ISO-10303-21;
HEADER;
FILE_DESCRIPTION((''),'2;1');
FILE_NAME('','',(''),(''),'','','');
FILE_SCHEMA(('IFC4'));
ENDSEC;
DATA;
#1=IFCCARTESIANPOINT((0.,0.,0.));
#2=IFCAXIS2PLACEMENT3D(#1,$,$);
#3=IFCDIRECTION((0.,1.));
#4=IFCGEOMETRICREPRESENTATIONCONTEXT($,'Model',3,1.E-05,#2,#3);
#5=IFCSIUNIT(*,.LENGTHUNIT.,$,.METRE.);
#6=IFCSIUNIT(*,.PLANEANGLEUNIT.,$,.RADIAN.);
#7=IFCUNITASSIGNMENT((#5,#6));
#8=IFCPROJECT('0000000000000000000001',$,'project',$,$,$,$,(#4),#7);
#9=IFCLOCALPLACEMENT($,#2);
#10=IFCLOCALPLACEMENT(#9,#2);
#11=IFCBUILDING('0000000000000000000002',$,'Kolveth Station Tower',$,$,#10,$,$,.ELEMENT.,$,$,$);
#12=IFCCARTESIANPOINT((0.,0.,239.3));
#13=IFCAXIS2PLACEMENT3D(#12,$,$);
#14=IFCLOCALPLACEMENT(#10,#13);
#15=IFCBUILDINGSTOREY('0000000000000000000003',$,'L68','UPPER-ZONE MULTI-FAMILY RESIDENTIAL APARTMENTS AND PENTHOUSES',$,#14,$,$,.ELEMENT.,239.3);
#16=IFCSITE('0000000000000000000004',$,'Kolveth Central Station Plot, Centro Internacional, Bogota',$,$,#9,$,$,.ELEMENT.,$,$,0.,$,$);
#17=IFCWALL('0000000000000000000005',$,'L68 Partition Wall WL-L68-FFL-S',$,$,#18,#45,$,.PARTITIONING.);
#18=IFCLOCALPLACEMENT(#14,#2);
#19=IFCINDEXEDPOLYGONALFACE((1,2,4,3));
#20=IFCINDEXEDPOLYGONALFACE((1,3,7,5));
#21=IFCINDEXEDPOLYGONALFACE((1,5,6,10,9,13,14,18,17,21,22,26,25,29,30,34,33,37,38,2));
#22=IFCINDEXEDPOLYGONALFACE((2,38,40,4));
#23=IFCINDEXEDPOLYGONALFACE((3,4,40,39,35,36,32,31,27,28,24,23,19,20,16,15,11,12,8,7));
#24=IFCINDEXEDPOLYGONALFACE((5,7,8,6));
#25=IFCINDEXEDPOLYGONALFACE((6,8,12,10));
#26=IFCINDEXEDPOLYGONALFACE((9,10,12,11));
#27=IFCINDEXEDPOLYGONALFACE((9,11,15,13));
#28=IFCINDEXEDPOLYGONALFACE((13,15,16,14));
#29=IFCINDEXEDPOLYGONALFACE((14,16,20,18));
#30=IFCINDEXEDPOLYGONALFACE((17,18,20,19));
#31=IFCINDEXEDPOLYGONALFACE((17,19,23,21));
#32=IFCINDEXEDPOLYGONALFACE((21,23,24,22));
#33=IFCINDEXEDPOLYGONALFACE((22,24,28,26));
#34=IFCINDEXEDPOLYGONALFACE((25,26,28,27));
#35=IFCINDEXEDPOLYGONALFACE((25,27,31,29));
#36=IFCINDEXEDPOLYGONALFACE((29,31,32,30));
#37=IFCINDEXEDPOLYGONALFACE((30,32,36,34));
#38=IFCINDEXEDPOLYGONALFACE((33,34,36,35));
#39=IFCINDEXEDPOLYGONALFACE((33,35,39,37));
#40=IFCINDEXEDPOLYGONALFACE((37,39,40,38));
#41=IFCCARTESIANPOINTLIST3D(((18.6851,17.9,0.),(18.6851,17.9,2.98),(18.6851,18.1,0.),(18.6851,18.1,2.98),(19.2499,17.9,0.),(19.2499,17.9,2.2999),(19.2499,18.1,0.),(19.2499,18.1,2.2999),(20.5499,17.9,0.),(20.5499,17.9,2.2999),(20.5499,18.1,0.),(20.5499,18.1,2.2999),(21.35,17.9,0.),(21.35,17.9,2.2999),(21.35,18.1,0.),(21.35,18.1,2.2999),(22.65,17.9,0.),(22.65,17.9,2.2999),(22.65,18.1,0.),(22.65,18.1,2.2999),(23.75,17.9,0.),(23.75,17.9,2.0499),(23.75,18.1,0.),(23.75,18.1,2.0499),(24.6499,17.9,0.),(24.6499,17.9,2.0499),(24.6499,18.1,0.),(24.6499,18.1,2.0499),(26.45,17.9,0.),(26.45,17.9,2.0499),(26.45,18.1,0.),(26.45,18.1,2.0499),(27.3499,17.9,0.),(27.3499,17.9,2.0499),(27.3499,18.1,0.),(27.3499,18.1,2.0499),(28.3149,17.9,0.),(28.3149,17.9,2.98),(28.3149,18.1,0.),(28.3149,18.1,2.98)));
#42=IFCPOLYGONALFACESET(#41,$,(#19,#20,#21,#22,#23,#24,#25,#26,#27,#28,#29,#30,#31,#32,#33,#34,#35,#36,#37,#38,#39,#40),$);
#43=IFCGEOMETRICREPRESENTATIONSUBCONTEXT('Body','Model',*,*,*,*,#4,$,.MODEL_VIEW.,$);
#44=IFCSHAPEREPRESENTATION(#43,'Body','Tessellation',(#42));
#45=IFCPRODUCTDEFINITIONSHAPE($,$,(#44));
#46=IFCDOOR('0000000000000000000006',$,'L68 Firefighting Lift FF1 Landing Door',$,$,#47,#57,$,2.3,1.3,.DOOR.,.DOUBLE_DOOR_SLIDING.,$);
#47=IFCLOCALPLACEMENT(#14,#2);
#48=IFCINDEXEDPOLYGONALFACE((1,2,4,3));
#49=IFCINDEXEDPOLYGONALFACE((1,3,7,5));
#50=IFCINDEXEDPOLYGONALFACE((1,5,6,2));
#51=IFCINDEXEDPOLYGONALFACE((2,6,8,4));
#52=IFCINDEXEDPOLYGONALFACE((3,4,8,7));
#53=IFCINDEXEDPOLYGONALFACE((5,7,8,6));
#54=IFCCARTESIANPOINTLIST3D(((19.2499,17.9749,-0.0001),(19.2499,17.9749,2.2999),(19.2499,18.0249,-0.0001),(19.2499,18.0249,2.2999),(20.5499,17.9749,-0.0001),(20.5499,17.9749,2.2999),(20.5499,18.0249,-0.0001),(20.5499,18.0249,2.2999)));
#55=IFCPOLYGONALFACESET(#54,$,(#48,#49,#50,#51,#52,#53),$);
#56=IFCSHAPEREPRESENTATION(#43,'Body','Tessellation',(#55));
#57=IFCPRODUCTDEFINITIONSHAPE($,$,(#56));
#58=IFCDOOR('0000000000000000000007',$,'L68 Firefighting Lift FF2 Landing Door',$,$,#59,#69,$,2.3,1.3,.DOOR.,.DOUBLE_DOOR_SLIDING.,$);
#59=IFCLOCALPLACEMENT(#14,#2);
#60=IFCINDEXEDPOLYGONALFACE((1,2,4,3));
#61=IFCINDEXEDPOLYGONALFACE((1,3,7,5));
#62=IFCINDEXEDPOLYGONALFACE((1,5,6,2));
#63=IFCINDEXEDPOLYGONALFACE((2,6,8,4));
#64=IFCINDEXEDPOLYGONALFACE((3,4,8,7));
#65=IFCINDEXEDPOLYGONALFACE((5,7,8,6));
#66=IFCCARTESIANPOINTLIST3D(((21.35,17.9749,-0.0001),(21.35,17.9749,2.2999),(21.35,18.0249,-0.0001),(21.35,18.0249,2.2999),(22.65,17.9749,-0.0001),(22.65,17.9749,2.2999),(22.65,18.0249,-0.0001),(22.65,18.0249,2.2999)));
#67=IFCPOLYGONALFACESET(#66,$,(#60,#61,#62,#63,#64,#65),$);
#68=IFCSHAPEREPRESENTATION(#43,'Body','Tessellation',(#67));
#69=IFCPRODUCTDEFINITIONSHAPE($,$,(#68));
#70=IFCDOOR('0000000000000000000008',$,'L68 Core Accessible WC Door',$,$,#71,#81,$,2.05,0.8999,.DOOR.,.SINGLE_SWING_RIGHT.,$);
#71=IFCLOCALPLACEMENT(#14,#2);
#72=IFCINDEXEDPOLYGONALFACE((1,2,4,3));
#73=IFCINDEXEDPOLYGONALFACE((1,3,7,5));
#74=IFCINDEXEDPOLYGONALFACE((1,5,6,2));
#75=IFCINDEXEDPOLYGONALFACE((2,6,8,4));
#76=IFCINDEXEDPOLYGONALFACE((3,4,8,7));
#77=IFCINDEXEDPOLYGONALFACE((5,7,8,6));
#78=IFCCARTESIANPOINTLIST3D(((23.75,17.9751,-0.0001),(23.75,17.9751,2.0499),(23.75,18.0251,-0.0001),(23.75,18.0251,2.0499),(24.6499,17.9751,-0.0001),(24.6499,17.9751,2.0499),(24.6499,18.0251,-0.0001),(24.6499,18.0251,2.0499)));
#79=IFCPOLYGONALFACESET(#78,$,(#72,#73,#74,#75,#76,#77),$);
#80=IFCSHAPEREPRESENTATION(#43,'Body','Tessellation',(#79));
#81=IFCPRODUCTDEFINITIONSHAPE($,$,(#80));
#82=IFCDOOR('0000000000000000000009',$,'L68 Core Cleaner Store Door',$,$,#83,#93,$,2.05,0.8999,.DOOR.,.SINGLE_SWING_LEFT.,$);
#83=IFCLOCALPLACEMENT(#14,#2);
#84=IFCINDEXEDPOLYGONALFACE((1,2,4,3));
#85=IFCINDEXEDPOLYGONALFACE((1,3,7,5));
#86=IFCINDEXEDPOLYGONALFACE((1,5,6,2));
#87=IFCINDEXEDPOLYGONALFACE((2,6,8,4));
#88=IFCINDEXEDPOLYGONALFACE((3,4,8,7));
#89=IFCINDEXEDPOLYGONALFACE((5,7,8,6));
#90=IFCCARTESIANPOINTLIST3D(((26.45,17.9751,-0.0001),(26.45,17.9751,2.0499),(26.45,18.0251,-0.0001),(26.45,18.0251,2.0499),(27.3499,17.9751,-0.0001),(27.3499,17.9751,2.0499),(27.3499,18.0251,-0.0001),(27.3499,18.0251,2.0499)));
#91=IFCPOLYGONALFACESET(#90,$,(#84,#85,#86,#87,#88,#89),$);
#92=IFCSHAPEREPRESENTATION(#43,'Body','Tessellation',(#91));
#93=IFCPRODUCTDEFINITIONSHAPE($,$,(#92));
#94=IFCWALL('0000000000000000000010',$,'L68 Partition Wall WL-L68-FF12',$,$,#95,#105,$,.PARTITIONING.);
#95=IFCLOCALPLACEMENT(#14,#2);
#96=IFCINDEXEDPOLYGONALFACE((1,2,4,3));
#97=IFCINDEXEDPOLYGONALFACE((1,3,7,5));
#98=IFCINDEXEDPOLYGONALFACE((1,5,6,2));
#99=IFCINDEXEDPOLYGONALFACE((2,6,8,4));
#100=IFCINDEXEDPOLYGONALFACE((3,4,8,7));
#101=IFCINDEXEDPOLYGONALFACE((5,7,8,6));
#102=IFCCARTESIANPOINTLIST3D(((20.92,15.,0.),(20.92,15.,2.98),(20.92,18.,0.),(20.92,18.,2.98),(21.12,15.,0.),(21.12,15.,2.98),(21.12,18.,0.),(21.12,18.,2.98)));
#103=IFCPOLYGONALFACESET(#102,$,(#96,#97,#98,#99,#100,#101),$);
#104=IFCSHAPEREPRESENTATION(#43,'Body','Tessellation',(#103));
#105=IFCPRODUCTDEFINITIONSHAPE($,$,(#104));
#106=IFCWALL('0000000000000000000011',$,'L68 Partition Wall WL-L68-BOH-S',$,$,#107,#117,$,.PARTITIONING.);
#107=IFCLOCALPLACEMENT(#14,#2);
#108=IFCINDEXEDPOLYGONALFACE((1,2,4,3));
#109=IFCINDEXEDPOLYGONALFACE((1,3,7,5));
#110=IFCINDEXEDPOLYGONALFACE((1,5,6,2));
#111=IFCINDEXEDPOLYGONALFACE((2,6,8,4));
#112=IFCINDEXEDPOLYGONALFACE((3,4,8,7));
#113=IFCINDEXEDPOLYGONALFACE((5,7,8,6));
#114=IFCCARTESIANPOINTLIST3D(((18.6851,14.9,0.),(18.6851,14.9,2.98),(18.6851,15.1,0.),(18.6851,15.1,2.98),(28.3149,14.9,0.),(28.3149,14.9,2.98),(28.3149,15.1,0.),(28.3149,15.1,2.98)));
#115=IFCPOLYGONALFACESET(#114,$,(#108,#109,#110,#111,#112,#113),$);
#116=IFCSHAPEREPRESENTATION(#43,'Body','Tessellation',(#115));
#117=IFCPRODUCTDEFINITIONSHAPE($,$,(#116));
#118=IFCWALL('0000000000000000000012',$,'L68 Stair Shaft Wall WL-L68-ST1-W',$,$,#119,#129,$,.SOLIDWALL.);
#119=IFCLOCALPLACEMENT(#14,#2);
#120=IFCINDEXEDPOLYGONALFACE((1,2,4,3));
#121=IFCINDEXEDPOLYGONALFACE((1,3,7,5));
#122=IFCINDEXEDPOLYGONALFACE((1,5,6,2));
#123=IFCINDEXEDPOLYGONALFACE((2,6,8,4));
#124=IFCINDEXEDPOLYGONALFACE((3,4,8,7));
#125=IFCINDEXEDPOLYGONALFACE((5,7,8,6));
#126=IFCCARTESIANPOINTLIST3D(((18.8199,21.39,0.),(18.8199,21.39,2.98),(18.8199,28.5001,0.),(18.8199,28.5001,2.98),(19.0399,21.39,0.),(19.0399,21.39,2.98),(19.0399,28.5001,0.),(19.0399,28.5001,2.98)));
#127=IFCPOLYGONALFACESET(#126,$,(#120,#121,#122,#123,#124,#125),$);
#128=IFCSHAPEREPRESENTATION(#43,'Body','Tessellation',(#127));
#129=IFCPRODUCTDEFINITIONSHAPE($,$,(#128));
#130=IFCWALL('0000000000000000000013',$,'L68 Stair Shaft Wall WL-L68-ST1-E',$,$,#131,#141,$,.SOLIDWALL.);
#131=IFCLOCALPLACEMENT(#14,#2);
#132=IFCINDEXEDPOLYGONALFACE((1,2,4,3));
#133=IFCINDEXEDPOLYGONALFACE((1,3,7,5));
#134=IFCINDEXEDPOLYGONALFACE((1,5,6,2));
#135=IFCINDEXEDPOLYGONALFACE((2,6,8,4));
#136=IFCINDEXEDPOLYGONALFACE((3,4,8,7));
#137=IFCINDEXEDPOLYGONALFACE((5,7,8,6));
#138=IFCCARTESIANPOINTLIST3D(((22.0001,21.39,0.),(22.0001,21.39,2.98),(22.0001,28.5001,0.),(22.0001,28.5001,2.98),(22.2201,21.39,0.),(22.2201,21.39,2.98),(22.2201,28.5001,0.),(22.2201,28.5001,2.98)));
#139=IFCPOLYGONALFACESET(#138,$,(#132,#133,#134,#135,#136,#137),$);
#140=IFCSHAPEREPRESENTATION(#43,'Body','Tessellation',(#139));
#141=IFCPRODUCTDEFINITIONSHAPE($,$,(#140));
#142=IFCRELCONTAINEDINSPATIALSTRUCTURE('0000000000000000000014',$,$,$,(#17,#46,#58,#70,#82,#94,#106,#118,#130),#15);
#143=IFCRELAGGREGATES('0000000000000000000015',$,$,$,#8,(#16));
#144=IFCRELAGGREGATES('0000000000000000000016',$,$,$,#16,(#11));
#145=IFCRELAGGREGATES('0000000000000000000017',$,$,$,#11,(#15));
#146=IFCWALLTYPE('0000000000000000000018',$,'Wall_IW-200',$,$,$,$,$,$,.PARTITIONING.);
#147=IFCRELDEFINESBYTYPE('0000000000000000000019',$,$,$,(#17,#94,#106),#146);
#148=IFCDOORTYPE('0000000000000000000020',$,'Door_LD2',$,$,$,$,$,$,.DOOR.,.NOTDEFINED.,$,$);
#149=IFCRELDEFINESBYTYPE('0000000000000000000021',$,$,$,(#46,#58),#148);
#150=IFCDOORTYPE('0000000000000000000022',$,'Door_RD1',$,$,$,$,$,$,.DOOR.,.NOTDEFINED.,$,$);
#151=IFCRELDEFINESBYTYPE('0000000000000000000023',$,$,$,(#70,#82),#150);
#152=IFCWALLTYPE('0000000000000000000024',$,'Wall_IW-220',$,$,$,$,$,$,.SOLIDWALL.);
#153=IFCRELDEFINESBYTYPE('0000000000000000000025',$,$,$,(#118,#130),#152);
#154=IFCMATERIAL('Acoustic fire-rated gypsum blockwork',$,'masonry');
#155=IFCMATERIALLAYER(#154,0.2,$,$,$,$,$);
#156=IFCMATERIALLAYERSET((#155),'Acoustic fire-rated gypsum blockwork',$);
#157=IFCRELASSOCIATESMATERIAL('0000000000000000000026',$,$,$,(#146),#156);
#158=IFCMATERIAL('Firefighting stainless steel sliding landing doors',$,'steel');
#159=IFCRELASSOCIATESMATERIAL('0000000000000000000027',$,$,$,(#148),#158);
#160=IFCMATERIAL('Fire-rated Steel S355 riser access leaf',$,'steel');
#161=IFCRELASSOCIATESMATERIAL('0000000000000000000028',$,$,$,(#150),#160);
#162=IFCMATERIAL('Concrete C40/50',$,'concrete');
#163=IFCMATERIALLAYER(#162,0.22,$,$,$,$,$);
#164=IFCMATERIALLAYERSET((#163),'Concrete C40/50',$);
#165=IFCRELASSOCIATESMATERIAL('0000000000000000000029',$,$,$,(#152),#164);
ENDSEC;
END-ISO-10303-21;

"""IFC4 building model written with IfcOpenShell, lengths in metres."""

from ifc_helpers import new_model, si_unit, direction, frame, frame_2d, origin, place, context, subcontext, project, spatial, rectangle, extrude, material, layer, layer_set, type_object, element, fill, save


model = new_model("IFC4")

# Units and contexts
model_context = context("Model", 3, precision=1e-05, world=origin(), true_north=direction((0.0, 1.0)))
body_context = subcontext(model_context, "Body", "Model", "MODEL_VIEW")
ifc_project = project(units=[si_unit("LENGTHUNIT", "METRE"), si_unit("PLANEANGLEUNIT", "RADIAN")], contexts=[model_context])

# Site, building, storey
site_placement = place(None, origin())
site = spatial("IfcSite", under=ifc_project, at=site_placement, Name="Kolveth Central Station Plot, Centro Internacional, Bogota", CompositionType="ELEMENT", RefElevation=0.0)
building_placement = place(site_placement, origin())
building = spatial("IfcBuilding", under=site, at=building_placement, Name="Kolveth Station Tower", CompositionType="ELEMENT")
storey_placement = place(building_placement, frame((0.0, 0.0, 239.3)))
storey = spatial("IfcBuildingStorey", under=building, at=storey_placement, Name="L68", Description="UPPER-ZONE MULTI-FAMILY RESIDENTIAL APARTMENTS AND PENTHOUSES", CompositionType="ELEMENT", Elevation=239.3)

# Shared definitions
ifc_material_1 = material(Name="Acoustic fire-rated gypsum blockwork", Category="masonry")
ifc_layer_1 = layer(ifc_material_1, 0.2)
ifc_layer_set_1 = layer_set([ifc_layer_1], Name="Acoustic fire-rated gypsum blockwork")
wall_type_1 = type_object("IfcWallType", Name="Wall_IW-200", PredefinedType="PARTITIONING", material=ifc_layer_set_1)

# Wall, openings, doors
wall_1_placement = place(storey_placement, frame((18.6851, 18.0, 0.0), z_axis=(0.0, 0.0, 1.0), x_axis=(1.0, 0.0, 0.0)))
wall_1 = element("IfcWall", 1, at=wall_1_placement, inside=storey, type_object=wall_type_1, Name="L68 Partition Wall WL-L68-FFL-S", PredefinedType="PARTITIONING", context=body_context, shape_type="SweptSolid", body=[
    extrude(rectangle(XDim=9.6299, YDim=0.2, at=frame_2d((4.8149, 0.0))), origin(), (0.0, 0.0, 1.0), 2.98),
])
opening_1_placement = place(wall_1_placement, frame((0.5649, 0.0, 0.0)))
opening_1 = element("IfcOpeningElement", 2, at=opening_1_placement, cuts=wall_1, PredefinedType="OPENING", context=body_context, shape_type="SweptSolid", body=[
    extrude(rectangle(XDim=1.3, YDim=2.3, at=frame_2d((0.6499, 1.1499))), frame((0.0, 0.1099, 0.0), z_axis=(0.0, -1.0, 0.0), x_axis=(1.0, 0.0, 0.0)), (0.0, 0.0, 1.0), 0.22),
])
opening_2_placement = place(wall_1_placement, frame((2.665, 0.0, 0.0)))
opening_2 = element("IfcOpeningElement", 3, at=opening_2_placement, cuts=wall_1, PredefinedType="OPENING", context=body_context, shape_type="SweptSolid", body=[
    extrude(rectangle(XDim=1.3, YDim=2.3, at=frame_2d((0.6499, 1.1499))), frame((0.0, 0.1099, 0.0), z_axis=(0.0, -1.0, 0.0), x_axis=(1.0, 0.0, 0.0)), (0.0, 0.0, 1.0), 0.22),
])
opening_3_placement = place(wall_1_placement, frame((5.0649, 0.0, 0.0)))
opening_3 = element("IfcOpeningElement", 4, at=opening_3_placement, cuts=wall_1, PredefinedType="OPENING", context=body_context, shape_type="SweptSolid", body=[
    extrude(rectangle(XDim=0.8999, YDim=2.05, at=frame_2d((0.45, 1.0249))), frame((0.0, 0.1099, 0.0), z_axis=(0.0, -1.0, 0.0), x_axis=(1.0, 0.0, 0.0)), (0.0, 0.0, 1.0), 0.22),
])
opening_4_placement = place(wall_1_placement, frame((7.7649, 0.0, 0.0)))
opening_4 = element("IfcOpeningElement", 5, at=opening_4_placement, cuts=wall_1, PredefinedType="OPENING", context=body_context, shape_type="SweptSolid", body=[
    extrude(rectangle(XDim=0.8999, YDim=2.05, at=frame_2d((0.45, 1.0249))), frame((0.0, 0.1099, 0.0), z_axis=(0.0, -1.0, 0.0), x_axis=(1.0, 0.0, 0.0)), (0.0, 0.0, 1.0), 0.22),
])
ifc_material_2 = material(Name="Firefighting stainless steel sliding landing doors", Category="steel")
door_type_1 = type_object("IfcDoorType", Name="Door_LD2", OperationType="NOTDEFINED", PredefinedType="DOOR", material=ifc_material_2)
door_1_placement = place(opening_1_placement, origin())
door_1 = element("IfcDoor", 6, at=door_1_placement, inside=storey, type_object=door_type_1, Name="L68 Firefighting Lift FF1 Landing Door", OperationType="DOUBLE_DOOR_SLIDING", OverallHeight=2.3, OverallWidth=1.3, PredefinedType="DOOR", context=body_context, shape_type="SweptSolid", body=[
    extrude(rectangle(XDim=1.3, YDim=2.3, at=frame_2d((0.6499, 1.1499))), frame((0.0, 0.0249, 0.0), z_axis=(0.0, -1.0, 0.0), x_axis=(1.0, 0.0, 0.0)), (0.0, 0.0, 1.0), 0.05),
])
fill(opening_1, door_1)
door_2_placement = place(opening_2_placement, origin())
door_2 = element("IfcDoor", 7, at=door_2_placement, inside=storey, type_object=door_type_1, Name="L68 Firefighting Lift FF2 Landing Door", OperationType="DOUBLE_DOOR_SLIDING", OverallHeight=2.3, OverallWidth=1.3, PredefinedType="DOOR", context=body_context, shape_type="SweptSolid", body=[
    extrude(rectangle(XDim=1.3, YDim=2.3, at=frame_2d((0.6499, 1.1499))), frame((0.0, 0.0249, 0.0), z_axis=(0.0, -1.0, 0.0), x_axis=(1.0, 0.0, 0.0)), (0.0, 0.0, 1.0), 0.05),
])
fill(opening_2, door_2)
ifc_material_3 = material(Name="Fire-rated Steel S355 riser access leaf", Category="steel")
door_type_2 = type_object("IfcDoorType", Name="Door_RD1", OperationType="NOTDEFINED", PredefinedType="DOOR", material=ifc_material_3)
door_3_placement = place(opening_3_placement, frame((0.8999, 0.0, 0.0), z_axis=(0.0, 0.0, 1.0), x_axis=(-1.0, 0.0, 0.0)))
door_3 = element("IfcDoor", 8, at=door_3_placement, inside=storey, type_object=door_type_2, Name="L68 Core Accessible WC Door", OperationType="SINGLE_SWING_RIGHT", OverallHeight=2.05, OverallWidth=0.8999, PredefinedType="DOOR", context=body_context, shape_type="SweptSolid", body=[
    extrude(rectangle(XDim=0.8999, YDim=2.05, at=frame_2d((0.45, 1.0249))), frame((0.0, 0.0249, 0.0), z_axis=(0.0, -1.0, 0.0), x_axis=(1.0, 0.0, 0.0)), (0.0, 0.0, 1.0), 0.05),
])
fill(opening_3, door_3)
door_4_placement = place(opening_4_placement, frame((0.8999, 0.0, 0.0), z_axis=(0.0, 0.0, 1.0), x_axis=(-1.0, 0.0, 0.0)))
door_4 = element("IfcDoor", 9, at=door_4_placement, inside=storey, type_object=door_type_2, Name="L68 Core Cleaner Store Door", OperationType="SINGLE_SWING_LEFT", OverallHeight=2.05, OverallWidth=0.8999, PredefinedType="DOOR", context=body_context, shape_type="SweptSolid", body=[
    extrude(rectangle(XDim=0.8999, YDim=2.05, at=frame_2d((0.45, 1.0249))), frame((0.0, 0.0249, 0.0), z_axis=(0.0, -1.0, 0.0), x_axis=(1.0, 0.0, 0.0)), (0.0, 0.0, 1.0), 0.05),
])
fill(opening_4, door_4)

# Walls
wall_2_placement = place(storey_placement, frame((21.02, 15.0, 0.0), z_axis=(0.0, 0.0, 1.0), x_axis=(0.0, 1.0, 0.0)))
element("IfcWall", 10, at=wall_2_placement, inside=storey, type_object=wall_type_1, Name="L68 Partition Wall WL-L68-FF12", PredefinedType="PARTITIONING", context=body_context, shape_type="SweptSolid", body=[
    extrude(rectangle(XDim=3.0, YDim=0.2, at=frame_2d((1.5, 0.0))), origin(), (0.0, 0.0, 1.0), 2.98),
])
wall_3_placement = place(storey_placement, frame((18.6851, 15.0, 0.0), z_axis=(0.0, 0.0, 1.0), x_axis=(1.0, 0.0, 0.0)))
element("IfcWall", 11, at=wall_3_placement, inside=storey, type_object=wall_type_1, Name="L68 Partition Wall WL-L68-BOH-S", PredefinedType="PARTITIONING", context=body_context, shape_type="SweptSolid", body=[
    extrude(rectangle(XDim=9.6299, YDim=0.2, at=frame_2d((4.8149, 0.0))), origin(), (0.0, 0.0, 1.0), 2.98),
])
ifc_material_4 = material(Name="Concrete C40/50", Category="concrete")
ifc_layer_2 = layer(ifc_material_4, 0.22)
ifc_layer_set_2 = layer_set([ifc_layer_2], Name="Concrete C40/50")
wall_type_2 = type_object("IfcWallType", Name="Wall_IW-220", PredefinedType="SOLIDWALL", material=ifc_layer_set_2)
for number, where, z_axis, x_axis, name in (
    (12, (18.9299, 21.3899, 0.0), (0.0, 0.0, 1.0), (0.0, 1.0, 0.0), "L68 Stair Shaft Wall WL-L68-ST1-W"),
    (13, (22.1101, 21.3899, 0.0), (0.0, 0.0, 1.0), (0.0, 1.0, 0.0), "L68 Stair Shaft Wall WL-L68-ST1-E"),
):
    element("IfcWall", number, at=place(storey_placement, frame(where, z_axis=z_axis, x_axis=x_axis)), inside=storey, type_object=wall_type_2, Name=name, PredefinedType="SOLIDWALL", context=body_context, shape_type="SweptSolid", body=[
        extrude(rectangle(XDim=7.1101, YDim=0.22, at=frame_2d((3.5552, 0.0))), origin(), (0.0, 0.0, 1.0), 2.98),
    ])

save(model, "model.ifc")
